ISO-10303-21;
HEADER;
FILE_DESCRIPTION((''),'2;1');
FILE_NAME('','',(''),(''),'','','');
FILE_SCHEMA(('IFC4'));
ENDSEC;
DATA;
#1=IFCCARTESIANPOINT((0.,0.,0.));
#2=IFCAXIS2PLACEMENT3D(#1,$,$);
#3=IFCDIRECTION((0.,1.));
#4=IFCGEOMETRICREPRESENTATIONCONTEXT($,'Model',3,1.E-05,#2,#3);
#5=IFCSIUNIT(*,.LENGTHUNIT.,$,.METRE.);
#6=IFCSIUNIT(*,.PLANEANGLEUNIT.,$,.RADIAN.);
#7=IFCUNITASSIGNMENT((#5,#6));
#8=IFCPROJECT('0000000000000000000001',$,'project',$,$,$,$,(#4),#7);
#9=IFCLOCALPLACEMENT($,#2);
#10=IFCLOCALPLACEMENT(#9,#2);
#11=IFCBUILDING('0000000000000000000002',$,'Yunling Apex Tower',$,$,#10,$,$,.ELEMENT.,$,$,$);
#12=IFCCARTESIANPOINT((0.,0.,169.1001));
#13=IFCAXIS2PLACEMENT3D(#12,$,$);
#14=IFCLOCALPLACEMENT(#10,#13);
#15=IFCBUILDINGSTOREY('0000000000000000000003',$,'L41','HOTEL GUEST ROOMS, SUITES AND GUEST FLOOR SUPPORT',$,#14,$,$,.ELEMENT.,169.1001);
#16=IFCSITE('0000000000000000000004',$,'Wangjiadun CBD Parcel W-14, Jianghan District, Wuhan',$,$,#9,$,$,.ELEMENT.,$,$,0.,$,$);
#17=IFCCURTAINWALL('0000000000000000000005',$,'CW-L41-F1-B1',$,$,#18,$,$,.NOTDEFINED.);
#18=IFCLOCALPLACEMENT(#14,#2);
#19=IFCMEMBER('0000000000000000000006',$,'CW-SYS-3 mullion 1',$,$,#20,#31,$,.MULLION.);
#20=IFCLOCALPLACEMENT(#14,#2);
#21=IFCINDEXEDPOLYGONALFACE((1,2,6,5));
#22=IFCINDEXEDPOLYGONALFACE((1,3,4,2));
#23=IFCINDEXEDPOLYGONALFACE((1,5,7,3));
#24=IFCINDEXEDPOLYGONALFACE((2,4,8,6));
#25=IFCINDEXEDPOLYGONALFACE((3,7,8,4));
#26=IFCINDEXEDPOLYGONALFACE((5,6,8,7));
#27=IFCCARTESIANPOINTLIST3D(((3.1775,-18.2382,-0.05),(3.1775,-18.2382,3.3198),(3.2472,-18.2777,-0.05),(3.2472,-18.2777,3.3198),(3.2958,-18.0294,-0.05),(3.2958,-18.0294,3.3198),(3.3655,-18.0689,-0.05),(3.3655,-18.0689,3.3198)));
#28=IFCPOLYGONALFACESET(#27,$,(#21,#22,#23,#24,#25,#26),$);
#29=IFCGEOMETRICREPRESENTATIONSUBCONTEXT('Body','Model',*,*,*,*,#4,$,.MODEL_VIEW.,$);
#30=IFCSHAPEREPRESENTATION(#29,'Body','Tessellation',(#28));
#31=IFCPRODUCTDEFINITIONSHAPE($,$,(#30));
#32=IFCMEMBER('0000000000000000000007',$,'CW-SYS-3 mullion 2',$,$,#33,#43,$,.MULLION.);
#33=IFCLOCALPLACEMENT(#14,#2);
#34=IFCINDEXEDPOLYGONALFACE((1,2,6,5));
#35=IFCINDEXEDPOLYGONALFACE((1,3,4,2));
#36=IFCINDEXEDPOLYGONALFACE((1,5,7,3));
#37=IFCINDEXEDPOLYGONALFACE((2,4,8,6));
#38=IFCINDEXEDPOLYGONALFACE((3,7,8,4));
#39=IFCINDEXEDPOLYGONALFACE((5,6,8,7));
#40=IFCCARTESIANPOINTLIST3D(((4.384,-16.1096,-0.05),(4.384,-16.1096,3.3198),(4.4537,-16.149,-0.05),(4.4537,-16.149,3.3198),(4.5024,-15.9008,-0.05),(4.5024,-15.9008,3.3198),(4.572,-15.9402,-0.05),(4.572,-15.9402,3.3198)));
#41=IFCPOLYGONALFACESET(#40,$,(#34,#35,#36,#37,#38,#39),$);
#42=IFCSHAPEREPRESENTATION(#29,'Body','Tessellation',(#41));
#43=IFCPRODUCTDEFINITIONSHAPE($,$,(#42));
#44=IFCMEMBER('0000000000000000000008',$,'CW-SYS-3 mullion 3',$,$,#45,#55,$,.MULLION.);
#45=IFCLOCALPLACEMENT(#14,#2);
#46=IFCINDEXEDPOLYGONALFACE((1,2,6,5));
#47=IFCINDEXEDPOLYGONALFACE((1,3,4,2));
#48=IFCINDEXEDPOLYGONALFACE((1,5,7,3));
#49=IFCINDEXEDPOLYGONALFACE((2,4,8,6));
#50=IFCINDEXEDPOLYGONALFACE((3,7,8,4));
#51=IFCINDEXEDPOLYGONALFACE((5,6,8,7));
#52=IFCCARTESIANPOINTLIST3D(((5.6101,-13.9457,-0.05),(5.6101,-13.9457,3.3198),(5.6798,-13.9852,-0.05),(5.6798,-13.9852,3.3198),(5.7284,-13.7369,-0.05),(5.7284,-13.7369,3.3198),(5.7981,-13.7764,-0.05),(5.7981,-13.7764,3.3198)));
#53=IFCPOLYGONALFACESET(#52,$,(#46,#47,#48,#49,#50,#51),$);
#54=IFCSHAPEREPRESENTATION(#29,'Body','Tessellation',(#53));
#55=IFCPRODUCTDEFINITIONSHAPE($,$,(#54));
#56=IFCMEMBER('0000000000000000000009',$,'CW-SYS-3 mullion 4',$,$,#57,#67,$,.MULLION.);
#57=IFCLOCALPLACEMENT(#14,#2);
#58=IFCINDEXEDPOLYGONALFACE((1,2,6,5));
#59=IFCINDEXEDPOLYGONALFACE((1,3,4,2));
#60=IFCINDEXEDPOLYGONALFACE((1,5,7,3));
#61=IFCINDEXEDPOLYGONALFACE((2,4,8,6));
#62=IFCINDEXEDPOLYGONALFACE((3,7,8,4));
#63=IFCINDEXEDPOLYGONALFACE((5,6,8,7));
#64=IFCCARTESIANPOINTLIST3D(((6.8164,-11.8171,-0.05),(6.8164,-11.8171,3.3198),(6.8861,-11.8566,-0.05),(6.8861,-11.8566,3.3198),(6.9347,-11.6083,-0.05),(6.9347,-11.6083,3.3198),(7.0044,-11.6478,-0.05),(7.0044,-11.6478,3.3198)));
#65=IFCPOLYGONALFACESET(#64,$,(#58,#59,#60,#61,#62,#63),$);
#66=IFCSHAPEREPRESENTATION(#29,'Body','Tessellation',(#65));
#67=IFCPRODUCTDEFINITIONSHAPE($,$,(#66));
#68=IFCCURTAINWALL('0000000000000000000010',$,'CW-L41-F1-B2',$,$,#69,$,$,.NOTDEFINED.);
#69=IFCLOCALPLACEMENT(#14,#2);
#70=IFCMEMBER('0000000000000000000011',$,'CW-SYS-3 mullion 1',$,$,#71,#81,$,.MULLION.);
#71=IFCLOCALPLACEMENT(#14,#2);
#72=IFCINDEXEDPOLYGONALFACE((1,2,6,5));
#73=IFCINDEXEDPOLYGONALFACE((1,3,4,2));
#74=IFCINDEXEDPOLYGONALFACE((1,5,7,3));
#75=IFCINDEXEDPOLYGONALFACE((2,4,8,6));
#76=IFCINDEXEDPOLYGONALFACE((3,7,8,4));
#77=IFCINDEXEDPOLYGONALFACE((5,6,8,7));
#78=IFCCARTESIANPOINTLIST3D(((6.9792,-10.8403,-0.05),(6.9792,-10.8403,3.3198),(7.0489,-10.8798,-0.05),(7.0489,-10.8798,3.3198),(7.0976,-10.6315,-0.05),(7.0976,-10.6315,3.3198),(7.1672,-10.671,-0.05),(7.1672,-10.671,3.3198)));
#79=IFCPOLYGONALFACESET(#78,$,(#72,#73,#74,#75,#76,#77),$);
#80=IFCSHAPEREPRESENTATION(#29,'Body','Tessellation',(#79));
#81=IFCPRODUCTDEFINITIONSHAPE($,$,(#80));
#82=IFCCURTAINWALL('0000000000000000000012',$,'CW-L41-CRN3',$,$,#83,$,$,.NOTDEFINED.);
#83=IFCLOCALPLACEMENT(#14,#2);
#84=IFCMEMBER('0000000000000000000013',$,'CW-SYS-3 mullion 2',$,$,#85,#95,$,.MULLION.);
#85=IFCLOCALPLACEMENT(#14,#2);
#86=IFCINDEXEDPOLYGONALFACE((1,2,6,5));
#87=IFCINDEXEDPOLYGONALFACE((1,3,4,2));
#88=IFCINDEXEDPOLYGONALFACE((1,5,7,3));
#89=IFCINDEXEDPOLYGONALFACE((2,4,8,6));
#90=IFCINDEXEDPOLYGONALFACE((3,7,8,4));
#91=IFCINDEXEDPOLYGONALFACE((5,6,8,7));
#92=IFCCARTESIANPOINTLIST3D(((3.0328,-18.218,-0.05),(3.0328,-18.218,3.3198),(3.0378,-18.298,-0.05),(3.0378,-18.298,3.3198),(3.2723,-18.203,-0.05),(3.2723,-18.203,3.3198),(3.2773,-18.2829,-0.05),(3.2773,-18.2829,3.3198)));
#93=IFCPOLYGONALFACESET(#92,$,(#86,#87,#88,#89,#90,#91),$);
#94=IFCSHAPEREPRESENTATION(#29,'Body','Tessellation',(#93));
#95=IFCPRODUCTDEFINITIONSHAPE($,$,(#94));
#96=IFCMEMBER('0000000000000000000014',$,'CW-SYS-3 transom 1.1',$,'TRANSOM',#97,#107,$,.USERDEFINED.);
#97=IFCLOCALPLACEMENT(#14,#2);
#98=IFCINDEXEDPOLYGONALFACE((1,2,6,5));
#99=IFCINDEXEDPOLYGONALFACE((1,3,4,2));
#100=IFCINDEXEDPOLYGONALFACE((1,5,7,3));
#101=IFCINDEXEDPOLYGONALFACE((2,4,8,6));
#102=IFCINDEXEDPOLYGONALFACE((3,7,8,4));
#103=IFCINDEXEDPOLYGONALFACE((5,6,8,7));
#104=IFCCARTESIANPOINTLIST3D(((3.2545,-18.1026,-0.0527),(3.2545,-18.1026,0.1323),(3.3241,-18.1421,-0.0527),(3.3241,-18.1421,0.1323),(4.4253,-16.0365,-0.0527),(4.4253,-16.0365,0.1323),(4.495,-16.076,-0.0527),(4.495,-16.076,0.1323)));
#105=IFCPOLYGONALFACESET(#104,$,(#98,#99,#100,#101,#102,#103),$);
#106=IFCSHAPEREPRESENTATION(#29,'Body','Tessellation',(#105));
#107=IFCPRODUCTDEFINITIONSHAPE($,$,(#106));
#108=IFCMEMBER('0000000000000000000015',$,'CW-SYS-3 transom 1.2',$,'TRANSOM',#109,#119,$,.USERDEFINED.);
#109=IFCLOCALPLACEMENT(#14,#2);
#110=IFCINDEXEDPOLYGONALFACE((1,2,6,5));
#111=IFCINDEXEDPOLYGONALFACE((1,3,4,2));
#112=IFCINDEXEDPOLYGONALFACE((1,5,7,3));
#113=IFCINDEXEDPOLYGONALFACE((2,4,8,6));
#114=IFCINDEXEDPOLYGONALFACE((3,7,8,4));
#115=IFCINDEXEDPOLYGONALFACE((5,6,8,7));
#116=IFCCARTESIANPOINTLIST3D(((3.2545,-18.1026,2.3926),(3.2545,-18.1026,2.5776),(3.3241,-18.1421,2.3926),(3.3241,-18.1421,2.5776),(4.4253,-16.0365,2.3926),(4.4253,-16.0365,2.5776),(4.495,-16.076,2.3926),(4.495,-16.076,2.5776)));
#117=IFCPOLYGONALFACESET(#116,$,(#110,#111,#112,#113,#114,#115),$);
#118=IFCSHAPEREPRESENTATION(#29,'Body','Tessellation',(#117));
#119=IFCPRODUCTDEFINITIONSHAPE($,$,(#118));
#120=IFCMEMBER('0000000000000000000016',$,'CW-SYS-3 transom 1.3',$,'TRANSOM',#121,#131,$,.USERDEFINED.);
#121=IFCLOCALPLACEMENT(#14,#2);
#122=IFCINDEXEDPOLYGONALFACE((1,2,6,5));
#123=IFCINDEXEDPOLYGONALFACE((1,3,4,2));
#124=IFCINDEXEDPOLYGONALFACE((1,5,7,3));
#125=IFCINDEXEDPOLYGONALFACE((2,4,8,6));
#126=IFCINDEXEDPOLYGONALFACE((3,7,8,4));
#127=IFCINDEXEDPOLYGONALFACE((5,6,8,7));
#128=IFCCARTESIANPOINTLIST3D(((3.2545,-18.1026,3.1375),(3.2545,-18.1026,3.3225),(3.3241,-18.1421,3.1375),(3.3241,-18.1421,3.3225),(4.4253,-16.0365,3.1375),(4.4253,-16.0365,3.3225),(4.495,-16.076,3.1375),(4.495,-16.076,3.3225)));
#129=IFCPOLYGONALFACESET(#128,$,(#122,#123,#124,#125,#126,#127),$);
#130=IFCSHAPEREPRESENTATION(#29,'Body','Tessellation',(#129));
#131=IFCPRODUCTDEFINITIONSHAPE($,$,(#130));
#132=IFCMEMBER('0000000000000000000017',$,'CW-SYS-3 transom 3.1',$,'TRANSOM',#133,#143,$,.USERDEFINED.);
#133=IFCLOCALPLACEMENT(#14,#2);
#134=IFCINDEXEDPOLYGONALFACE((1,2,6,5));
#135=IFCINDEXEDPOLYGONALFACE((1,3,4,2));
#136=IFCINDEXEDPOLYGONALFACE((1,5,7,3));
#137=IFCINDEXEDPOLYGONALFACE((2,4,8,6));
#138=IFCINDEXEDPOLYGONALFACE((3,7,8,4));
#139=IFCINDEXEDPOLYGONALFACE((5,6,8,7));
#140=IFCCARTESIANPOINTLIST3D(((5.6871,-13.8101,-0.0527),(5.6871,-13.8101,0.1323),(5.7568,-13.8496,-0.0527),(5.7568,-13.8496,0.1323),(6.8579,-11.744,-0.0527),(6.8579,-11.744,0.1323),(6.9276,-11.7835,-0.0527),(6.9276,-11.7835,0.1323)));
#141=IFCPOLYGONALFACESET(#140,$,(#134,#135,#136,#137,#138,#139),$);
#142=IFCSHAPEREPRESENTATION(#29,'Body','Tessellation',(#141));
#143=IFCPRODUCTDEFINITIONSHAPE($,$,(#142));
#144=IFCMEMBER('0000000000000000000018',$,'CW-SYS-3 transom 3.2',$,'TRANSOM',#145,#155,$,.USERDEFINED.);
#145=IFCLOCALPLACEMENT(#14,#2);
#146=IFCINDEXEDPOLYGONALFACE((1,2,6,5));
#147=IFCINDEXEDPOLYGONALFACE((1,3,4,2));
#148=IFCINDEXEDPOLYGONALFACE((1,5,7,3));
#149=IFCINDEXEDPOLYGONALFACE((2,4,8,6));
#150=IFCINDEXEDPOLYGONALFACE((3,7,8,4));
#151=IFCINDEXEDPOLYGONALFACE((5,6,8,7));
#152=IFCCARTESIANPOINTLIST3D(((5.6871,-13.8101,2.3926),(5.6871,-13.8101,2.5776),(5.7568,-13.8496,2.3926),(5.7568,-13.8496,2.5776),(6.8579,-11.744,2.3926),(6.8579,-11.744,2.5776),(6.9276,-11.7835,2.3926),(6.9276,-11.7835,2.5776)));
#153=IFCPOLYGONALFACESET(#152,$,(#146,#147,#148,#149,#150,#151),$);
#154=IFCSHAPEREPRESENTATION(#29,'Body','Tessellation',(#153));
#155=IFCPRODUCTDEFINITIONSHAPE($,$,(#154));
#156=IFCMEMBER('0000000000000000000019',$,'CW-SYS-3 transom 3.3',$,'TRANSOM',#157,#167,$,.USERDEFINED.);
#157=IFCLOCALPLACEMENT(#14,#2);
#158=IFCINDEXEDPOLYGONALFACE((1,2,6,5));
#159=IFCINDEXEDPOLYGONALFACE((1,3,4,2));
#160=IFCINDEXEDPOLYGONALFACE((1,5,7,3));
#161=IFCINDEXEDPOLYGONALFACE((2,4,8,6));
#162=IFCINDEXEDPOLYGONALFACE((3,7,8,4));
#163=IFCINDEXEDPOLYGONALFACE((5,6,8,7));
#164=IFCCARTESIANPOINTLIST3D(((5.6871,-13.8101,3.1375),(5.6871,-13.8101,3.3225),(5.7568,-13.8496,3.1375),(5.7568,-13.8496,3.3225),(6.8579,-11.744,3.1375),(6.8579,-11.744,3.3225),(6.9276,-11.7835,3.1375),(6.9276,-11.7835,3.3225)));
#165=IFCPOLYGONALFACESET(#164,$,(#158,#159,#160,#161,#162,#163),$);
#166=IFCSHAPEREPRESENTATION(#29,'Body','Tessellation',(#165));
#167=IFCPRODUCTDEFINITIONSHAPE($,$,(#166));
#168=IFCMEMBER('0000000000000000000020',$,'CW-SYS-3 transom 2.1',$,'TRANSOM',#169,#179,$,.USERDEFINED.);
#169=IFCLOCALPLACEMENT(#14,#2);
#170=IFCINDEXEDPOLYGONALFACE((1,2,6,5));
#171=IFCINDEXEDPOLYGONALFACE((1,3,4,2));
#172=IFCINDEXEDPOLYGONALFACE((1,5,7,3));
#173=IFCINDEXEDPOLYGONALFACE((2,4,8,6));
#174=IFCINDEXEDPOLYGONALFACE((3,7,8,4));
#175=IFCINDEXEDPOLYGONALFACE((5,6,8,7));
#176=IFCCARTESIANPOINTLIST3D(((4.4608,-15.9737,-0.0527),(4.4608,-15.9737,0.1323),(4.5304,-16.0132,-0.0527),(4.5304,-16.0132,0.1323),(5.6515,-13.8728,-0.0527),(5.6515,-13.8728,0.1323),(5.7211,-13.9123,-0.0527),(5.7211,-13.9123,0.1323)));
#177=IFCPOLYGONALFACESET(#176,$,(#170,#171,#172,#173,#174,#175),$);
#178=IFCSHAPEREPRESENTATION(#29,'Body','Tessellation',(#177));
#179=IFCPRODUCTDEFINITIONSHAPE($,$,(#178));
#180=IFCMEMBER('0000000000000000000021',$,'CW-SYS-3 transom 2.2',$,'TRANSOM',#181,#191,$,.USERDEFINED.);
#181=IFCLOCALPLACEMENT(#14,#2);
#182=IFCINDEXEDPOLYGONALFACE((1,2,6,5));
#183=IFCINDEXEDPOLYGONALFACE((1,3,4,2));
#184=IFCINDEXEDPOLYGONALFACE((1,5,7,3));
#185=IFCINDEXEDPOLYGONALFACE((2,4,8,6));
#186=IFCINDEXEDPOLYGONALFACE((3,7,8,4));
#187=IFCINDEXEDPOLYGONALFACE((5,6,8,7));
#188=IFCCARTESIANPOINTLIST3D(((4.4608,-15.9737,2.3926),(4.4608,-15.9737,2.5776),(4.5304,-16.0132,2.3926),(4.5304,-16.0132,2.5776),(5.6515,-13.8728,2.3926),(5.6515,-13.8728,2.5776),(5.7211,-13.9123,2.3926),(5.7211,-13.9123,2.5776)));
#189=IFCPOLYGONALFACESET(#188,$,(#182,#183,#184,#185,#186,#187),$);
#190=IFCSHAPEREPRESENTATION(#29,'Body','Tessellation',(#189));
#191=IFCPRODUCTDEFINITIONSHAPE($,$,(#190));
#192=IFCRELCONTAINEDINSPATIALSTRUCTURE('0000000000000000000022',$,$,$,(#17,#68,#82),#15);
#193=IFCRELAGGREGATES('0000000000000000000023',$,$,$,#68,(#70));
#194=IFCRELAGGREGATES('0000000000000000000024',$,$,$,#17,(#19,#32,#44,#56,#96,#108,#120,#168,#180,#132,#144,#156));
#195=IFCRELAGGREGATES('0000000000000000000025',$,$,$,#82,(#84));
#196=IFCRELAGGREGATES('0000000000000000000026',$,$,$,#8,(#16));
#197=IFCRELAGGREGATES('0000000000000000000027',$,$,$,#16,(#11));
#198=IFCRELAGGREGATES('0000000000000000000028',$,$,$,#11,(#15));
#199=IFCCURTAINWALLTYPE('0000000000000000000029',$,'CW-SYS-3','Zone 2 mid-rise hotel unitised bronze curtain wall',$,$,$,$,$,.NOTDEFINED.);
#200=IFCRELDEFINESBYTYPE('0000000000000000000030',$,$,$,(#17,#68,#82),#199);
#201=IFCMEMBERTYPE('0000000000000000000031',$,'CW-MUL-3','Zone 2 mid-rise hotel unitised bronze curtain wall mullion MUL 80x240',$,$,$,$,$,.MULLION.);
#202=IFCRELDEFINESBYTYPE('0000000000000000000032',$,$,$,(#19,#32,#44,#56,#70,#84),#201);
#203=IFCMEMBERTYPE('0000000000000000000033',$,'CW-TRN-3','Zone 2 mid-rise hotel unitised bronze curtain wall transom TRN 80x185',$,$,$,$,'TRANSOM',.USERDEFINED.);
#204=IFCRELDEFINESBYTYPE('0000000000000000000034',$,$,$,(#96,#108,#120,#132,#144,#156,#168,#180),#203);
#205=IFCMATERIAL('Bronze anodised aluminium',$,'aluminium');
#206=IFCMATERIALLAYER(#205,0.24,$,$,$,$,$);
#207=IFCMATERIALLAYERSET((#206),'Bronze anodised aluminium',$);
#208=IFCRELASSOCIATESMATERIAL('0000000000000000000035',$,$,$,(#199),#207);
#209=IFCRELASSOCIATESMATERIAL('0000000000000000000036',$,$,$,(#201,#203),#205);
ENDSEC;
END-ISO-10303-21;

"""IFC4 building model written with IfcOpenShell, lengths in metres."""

from ifc_helpers import new_model, si_unit, direction, frame, origin, origin_2d, place, context, subcontext, project, spatial, rectangle, extrude, source, transform, mapped, material, layer, layer_set, material_profile, profile_set, type_object, element, aggregate, save


model = new_model("IFC4")

# Units and contexts
model_context = context("Model", 3, precision=1e-05, world=origin(), true_north=direction((0.0, 1.0)))
body_context = subcontext(model_context, "Body", "Model", "MODEL_VIEW")
ifc_project = project(units=[si_unit("LENGTHUNIT", "METRE"), si_unit("PLANEANGLEUNIT", "RADIAN")], contexts=[model_context])

# Site, building, storey
site_placement = place(None, origin())
site = spatial("IfcSite", under=ifc_project, at=site_placement, Name="Wangjiadun CBD Parcel W-14, Jianghan District, Wuhan", CompositionType="ELEMENT", RefElevation=0.0)
building_placement = place(site_placement, origin())
building = spatial("IfcBuilding", under=site, at=building_placement, Name="Yunling Apex Tower", CompositionType="ELEMENT")
storey_placement = place(building_placement, frame((0.0, 0.0, 169.1001)))
storey = spatial("IfcBuildingStorey", under=building, at=storey_placement, Name="L41", Description="HOTEL GUEST ROOMS, SUITES AND GUEST FLOOR SUPPORT", CompositionType="ELEMENT", Elevation=169.1001)

# Curtain wall, members
ifc_material_1 = material(Name="Bronze anodised aluminium", Category="aluminium")
ifc_layer_1 = layer(ifc_material_1, 0.24)
ifc_layer_set_1 = layer_set([ifc_layer_1], Name="Bronze anodised aluminium")
curtain_wall_type = type_object("IfcCurtainWallType", Name="CW-SYS-3", Description="Zone 2 mid-rise hotel unitised bronze curtain wall", PredefinedType="NOTDEFINED", material=ifc_layer_set_1)
curtain_wall_1_placement = place(storey_placement, origin())
curtain_wall_1 = element("IfcCurtainWall", 1, at=curtain_wall_1_placement, inside=storey, type_object=curtain_wall_type, Name="CW-L41-F1-B1", PredefinedType="NOTDEFINED")
ifc_material_profile_1 = material_profile(ifc_material_1, rectangle(XDim=0.0801, YDim=0.24, at=origin_2d()))
ifc_profile_set_1 = profile_set([ifc_material_profile_1], Name="Bronze anodised aluminium")
member_type_1 = type_object("IfcMemberType", Name="CW-MUL-3", Description="Zone 2 mid-rise hotel unitised bronze curtain wall mullion MUL 80x240", PredefinedType="MULLION", material=ifc_profile_set_1)
shared_shape_1 = source(origin(), body_context, "Body", "SweptSolid", [
    extrude(rectangle(XDim=0.0801, YDim=0.24, at=origin_2d()), origin(), (0.0, 0.0, 1.0), 3.3699),
])
member_1_placement = place(storey_placement, frame((3.2715, -18.1536, -0.05), z_axis=(0.0, 0.0, 1.0), x_axis=(-0.870006, 0.493041, 0.0)))
member_1 = element("IfcMember", 2, at=member_1_placement, type_object=member_type_1, Name="CW-SYS-3 mullion 1", PredefinedType="MULLION", context=body_context, shape_type="MappedRepresentation", body=[
    mapped(shared_shape_1, transform((0.0, 0.0, 0.0), scale=1.0)),
])
member_2_placement = place(storey_placement, frame((4.478, -16.0249, -0.05), z_axis=(0.0, 0.0, 1.0), x_axis=(-0.870006, 0.493041, 0.0)))
member_2 = element("IfcMember", 3, at=member_2_placement, type_object=member_type_1, Name="CW-SYS-3 mullion 2", PredefinedType="MULLION", context=body_context, shape_type="MappedRepresentation", body=[
    mapped(shared_shape_1, transform((0.0, 0.0, 0.0), scale=1.0)),
])
member_3_placement = place(storey_placement, frame((5.7041, -13.8611, -0.05), z_axis=(0.0, 0.0, 1.0), x_axis=(-0.870006, 0.493041, 0.0)))
member_3 = element("IfcMember", 4, at=member_3_placement, type_object=member_type_1, Name="CW-SYS-3 mullion 3", PredefinedType="MULLION", context=body_context, shape_type="MappedRepresentation", body=[
    mapped(shared_shape_1, transform((0.0, 0.0, 0.0), scale=1.0)),
])
member_4_placement = place(storey_placement, frame((6.9104, -11.7324, -0.05), z_axis=(0.0, 0.0, 1.0), x_axis=(-0.870006, 0.493041, 0.0)))
member_4 = element("IfcMember", 5, at=member_4_placement, type_object=member_type_1, Name="CW-SYS-3 mullion 4", PredefinedType="MULLION", context=body_context, shape_type="MappedRepresentation", body=[
    mapped(shared_shape_1, transform((0.0, 0.0, 0.0), scale=1.0)),
])

# Curtain walls, members
curtain_wall_2_placement = place(storey_placement, origin())
curtain_wall_2 = element("IfcCurtainWall", 6, at=curtain_wall_2_placement, inside=storey, type_object=curtain_wall_type, Name="CW-L41-F1-B2", PredefinedType="NOTDEFINED")
member_5_placement = place(storey_placement, frame((7.0732, -10.7556, -0.05), z_axis=(0.0, 0.0, 1.0), x_axis=(-0.870003, 0.493047, 0.0)))
member_5 = element("IfcMember", 7, at=member_5_placement, type_object=member_type_1, Name="CW-SYS-3 mullion 1", PredefinedType="MULLION", context=body_context, shape_type="MappedRepresentation", body=[
    mapped(shared_shape_1, transform((0.0, 0.0, 0.0), scale=1.0)),
])
curtain_wall_3_placement = place(storey_placement, origin())
curtain_wall_3 = element("IfcCurtainWall", 8, at=curtain_wall_3_placement, inside=storey, type_object=curtain_wall_type, Name="CW-L41-CRN3", PredefinedType="NOTDEFINED")
member_6_placement = place(storey_placement, frame((3.155, -18.2505, -0.05), z_axis=(0.0, 0.0, 1.0), x_axis=(-0.062672, 0.998034, 0.0)))
member_6 = element("IfcMember", 9, at=member_6_placement, type_object=member_type_1, Name="CW-SYS-3 mullion 2", PredefinedType="MULLION", context=body_context, shape_type="MappedRepresentation", body=[
    mapped(shared_shape_1, transform((0.0, 0.0, 0.0), scale=1.0)),
])

# Members
ifc_material_profile_2 = material_profile(ifc_material_1, rectangle(XDim=0.0801, YDim=0.1851, at=origin_2d()))
ifc_profile_set_2 = profile_set([ifc_material_profile_2], Name="Bronze anodised aluminium")
member_type_2 = type_object("IfcMemberType", Name="CW-TRN-3", Description="Zone 2 mid-rise hotel unitised bronze curtain wall transom TRN 80x185", ElementType="TRANSOM", PredefinedType="USERDEFINED", material=ifc_profile_set_2)
shared_shape_2 = source(origin(), body_context, "Body", "SweptSolid", [
    extrude(rectangle(XDim=0.0801, YDim=0.1851, at=origin_2d()), origin(), (0.0, 0.0, 1.0), 2.3748),
])
member_7_placement = place(storey_placement, frame((3.2893, -18.1223, 0.0398), z_axis=(0.493036, 0.870009, 0.0), x_axis=(-0.870009, 0.493036, 0.0)))
member_7 = element("IfcMember", 10, at=member_7_placement, type_object=member_type_2, Name="CW-SYS-3 transom 1.1", ObjectType="TRANSOM", PredefinedType="USERDEFINED", context=body_context, shape_type="MappedRepresentation", body=[
    mapped(shared_shape_2, transform((0.0, 0.0, 0.0), scale=1.0)),
])
member_8_placement = place(storey_placement, frame((3.2893, -18.1223, 2.4851), z_axis=(0.493036, 0.870009, 0.0), x_axis=(-0.870009, 0.493036, 0.0)))
member_8 = element("IfcMember", 11, at=member_8_placement, type_object=member_type_2, Name="CW-SYS-3 transom 1.2", ObjectType="TRANSOM", PredefinedType="USERDEFINED", context=body_context, shape_type="MappedRepresentation", body=[
    mapped(shared_shape_2, transform((0.0, 0.0, 0.0), scale=1.0)),
])
member_9_placement = place(storey_placement, frame((3.2893, -18.1223, 3.23), z_axis=(0.493036, 0.870009, 0.0), x_axis=(-0.870009, 0.493036, 0.0)))
member_9 = element("IfcMember", 12, at=member_9_placement, type_object=member_type_2, Name="CW-SYS-3 transom 1.3", ObjectType="TRANSOM", PredefinedType="USERDEFINED", context=body_context, shape_type="MappedRepresentation", body=[
    mapped(shared_shape_2, transform((0.0, 0.0, 0.0), scale=1.0)),
])
member_10_placement = place(storey_placement, frame((5.7219, -13.8298, 0.0398), z_axis=(0.493036, 0.870009, 0.0), x_axis=(-0.870009, 0.493036, 0.0)))
member_10 = element("IfcMember", 13, at=member_10_placement, type_object=member_type_2, Name="CW-SYS-3 transom 3.1", ObjectType="TRANSOM", PredefinedType="USERDEFINED", context=body_context, shape_type="MappedRepresentation", body=[
    mapped(shared_shape_2, transform((0.0, 0.0, 0.0), scale=1.0)),
])
member_11_placement = place(storey_placement, frame((5.7219, -13.8298, 2.4851), z_axis=(0.493036, 0.870009, 0.0), x_axis=(-0.870009, 0.493036, 0.0)))
member_11 = element("IfcMember", 14, at=member_11_placement, type_object=member_type_2, Name="CW-SYS-3 transom 3.2", ObjectType="TRANSOM", PredefinedType="USERDEFINED", context=body_context, shape_type="MappedRepresentation", body=[
    mapped(shared_shape_2, transform((0.0, 0.0, 0.0), scale=1.0)),
])
member_12_placement = place(storey_placement, frame((5.7219, -13.8298, 3.23), z_axis=(0.493036, 0.870009, 0.0), x_axis=(-0.870009, 0.493036, 0.0)))
member_12 = element("IfcMember", 15, at=member_12_placement, type_object=member_type_2, Name="CW-SYS-3 transom 3.3", ObjectType="TRANSOM", PredefinedType="USERDEFINED", context=body_context, shape_type="MappedRepresentation", body=[
    mapped(shared_shape_2, transform((0.0, 0.0, 0.0), scale=1.0)),
])
shared_shape_3 = source(origin(), body_context, "Body", "SweptSolid", [
    extrude(rectangle(XDim=0.0801, YDim=0.1851, at=origin_2d()), origin(), (0.0, 0.0, 1.0), 2.4148),
])
member_13_placement = place(storey_placement, frame((4.4956, -15.9934, 0.0398), z_axis=(0.493076, 0.869986, 0.0), x_axis=(-0.869986, 0.493076, 0.0)))
member_13 = element("IfcMember", 16, at=member_13_placement, type_object=member_type_2, Name="CW-SYS-3 transom 2.1", ObjectType="TRANSOM", PredefinedType="USERDEFINED", context=body_context, shape_type="MappedRepresentation", body=[
    mapped(shared_shape_3, transform((0.0, 0.0, 0.0), scale=1.0)),
])
member_14_placement = place(storey_placement, frame((4.4956, -15.9934, 2.4851), z_axis=(0.493076, 0.869986, 0.0), x_axis=(-0.869986, 0.493076, 0.0)))
member_14 = element("IfcMember", 17, at=member_14_placement, type_object=member_type_2, Name="CW-SYS-3 transom 2.2", ObjectType="TRANSOM", PredefinedType="USERDEFINED", context=body_context, shape_type="MappedRepresentation", body=[
    mapped(shared_shape_3, transform((0.0, 0.0, 0.0), scale=1.0)),
])
aggregate(curtain_wall_2, [member_5])

aggregate(curtain_wall_1, [member_1, member_2, member_3, member_4, member_7, member_8, member_9, member_13, member_14, member_10, member_11, member_12])
aggregate(curtain_wall_3, [member_6])

save(model, "model.ifc")
